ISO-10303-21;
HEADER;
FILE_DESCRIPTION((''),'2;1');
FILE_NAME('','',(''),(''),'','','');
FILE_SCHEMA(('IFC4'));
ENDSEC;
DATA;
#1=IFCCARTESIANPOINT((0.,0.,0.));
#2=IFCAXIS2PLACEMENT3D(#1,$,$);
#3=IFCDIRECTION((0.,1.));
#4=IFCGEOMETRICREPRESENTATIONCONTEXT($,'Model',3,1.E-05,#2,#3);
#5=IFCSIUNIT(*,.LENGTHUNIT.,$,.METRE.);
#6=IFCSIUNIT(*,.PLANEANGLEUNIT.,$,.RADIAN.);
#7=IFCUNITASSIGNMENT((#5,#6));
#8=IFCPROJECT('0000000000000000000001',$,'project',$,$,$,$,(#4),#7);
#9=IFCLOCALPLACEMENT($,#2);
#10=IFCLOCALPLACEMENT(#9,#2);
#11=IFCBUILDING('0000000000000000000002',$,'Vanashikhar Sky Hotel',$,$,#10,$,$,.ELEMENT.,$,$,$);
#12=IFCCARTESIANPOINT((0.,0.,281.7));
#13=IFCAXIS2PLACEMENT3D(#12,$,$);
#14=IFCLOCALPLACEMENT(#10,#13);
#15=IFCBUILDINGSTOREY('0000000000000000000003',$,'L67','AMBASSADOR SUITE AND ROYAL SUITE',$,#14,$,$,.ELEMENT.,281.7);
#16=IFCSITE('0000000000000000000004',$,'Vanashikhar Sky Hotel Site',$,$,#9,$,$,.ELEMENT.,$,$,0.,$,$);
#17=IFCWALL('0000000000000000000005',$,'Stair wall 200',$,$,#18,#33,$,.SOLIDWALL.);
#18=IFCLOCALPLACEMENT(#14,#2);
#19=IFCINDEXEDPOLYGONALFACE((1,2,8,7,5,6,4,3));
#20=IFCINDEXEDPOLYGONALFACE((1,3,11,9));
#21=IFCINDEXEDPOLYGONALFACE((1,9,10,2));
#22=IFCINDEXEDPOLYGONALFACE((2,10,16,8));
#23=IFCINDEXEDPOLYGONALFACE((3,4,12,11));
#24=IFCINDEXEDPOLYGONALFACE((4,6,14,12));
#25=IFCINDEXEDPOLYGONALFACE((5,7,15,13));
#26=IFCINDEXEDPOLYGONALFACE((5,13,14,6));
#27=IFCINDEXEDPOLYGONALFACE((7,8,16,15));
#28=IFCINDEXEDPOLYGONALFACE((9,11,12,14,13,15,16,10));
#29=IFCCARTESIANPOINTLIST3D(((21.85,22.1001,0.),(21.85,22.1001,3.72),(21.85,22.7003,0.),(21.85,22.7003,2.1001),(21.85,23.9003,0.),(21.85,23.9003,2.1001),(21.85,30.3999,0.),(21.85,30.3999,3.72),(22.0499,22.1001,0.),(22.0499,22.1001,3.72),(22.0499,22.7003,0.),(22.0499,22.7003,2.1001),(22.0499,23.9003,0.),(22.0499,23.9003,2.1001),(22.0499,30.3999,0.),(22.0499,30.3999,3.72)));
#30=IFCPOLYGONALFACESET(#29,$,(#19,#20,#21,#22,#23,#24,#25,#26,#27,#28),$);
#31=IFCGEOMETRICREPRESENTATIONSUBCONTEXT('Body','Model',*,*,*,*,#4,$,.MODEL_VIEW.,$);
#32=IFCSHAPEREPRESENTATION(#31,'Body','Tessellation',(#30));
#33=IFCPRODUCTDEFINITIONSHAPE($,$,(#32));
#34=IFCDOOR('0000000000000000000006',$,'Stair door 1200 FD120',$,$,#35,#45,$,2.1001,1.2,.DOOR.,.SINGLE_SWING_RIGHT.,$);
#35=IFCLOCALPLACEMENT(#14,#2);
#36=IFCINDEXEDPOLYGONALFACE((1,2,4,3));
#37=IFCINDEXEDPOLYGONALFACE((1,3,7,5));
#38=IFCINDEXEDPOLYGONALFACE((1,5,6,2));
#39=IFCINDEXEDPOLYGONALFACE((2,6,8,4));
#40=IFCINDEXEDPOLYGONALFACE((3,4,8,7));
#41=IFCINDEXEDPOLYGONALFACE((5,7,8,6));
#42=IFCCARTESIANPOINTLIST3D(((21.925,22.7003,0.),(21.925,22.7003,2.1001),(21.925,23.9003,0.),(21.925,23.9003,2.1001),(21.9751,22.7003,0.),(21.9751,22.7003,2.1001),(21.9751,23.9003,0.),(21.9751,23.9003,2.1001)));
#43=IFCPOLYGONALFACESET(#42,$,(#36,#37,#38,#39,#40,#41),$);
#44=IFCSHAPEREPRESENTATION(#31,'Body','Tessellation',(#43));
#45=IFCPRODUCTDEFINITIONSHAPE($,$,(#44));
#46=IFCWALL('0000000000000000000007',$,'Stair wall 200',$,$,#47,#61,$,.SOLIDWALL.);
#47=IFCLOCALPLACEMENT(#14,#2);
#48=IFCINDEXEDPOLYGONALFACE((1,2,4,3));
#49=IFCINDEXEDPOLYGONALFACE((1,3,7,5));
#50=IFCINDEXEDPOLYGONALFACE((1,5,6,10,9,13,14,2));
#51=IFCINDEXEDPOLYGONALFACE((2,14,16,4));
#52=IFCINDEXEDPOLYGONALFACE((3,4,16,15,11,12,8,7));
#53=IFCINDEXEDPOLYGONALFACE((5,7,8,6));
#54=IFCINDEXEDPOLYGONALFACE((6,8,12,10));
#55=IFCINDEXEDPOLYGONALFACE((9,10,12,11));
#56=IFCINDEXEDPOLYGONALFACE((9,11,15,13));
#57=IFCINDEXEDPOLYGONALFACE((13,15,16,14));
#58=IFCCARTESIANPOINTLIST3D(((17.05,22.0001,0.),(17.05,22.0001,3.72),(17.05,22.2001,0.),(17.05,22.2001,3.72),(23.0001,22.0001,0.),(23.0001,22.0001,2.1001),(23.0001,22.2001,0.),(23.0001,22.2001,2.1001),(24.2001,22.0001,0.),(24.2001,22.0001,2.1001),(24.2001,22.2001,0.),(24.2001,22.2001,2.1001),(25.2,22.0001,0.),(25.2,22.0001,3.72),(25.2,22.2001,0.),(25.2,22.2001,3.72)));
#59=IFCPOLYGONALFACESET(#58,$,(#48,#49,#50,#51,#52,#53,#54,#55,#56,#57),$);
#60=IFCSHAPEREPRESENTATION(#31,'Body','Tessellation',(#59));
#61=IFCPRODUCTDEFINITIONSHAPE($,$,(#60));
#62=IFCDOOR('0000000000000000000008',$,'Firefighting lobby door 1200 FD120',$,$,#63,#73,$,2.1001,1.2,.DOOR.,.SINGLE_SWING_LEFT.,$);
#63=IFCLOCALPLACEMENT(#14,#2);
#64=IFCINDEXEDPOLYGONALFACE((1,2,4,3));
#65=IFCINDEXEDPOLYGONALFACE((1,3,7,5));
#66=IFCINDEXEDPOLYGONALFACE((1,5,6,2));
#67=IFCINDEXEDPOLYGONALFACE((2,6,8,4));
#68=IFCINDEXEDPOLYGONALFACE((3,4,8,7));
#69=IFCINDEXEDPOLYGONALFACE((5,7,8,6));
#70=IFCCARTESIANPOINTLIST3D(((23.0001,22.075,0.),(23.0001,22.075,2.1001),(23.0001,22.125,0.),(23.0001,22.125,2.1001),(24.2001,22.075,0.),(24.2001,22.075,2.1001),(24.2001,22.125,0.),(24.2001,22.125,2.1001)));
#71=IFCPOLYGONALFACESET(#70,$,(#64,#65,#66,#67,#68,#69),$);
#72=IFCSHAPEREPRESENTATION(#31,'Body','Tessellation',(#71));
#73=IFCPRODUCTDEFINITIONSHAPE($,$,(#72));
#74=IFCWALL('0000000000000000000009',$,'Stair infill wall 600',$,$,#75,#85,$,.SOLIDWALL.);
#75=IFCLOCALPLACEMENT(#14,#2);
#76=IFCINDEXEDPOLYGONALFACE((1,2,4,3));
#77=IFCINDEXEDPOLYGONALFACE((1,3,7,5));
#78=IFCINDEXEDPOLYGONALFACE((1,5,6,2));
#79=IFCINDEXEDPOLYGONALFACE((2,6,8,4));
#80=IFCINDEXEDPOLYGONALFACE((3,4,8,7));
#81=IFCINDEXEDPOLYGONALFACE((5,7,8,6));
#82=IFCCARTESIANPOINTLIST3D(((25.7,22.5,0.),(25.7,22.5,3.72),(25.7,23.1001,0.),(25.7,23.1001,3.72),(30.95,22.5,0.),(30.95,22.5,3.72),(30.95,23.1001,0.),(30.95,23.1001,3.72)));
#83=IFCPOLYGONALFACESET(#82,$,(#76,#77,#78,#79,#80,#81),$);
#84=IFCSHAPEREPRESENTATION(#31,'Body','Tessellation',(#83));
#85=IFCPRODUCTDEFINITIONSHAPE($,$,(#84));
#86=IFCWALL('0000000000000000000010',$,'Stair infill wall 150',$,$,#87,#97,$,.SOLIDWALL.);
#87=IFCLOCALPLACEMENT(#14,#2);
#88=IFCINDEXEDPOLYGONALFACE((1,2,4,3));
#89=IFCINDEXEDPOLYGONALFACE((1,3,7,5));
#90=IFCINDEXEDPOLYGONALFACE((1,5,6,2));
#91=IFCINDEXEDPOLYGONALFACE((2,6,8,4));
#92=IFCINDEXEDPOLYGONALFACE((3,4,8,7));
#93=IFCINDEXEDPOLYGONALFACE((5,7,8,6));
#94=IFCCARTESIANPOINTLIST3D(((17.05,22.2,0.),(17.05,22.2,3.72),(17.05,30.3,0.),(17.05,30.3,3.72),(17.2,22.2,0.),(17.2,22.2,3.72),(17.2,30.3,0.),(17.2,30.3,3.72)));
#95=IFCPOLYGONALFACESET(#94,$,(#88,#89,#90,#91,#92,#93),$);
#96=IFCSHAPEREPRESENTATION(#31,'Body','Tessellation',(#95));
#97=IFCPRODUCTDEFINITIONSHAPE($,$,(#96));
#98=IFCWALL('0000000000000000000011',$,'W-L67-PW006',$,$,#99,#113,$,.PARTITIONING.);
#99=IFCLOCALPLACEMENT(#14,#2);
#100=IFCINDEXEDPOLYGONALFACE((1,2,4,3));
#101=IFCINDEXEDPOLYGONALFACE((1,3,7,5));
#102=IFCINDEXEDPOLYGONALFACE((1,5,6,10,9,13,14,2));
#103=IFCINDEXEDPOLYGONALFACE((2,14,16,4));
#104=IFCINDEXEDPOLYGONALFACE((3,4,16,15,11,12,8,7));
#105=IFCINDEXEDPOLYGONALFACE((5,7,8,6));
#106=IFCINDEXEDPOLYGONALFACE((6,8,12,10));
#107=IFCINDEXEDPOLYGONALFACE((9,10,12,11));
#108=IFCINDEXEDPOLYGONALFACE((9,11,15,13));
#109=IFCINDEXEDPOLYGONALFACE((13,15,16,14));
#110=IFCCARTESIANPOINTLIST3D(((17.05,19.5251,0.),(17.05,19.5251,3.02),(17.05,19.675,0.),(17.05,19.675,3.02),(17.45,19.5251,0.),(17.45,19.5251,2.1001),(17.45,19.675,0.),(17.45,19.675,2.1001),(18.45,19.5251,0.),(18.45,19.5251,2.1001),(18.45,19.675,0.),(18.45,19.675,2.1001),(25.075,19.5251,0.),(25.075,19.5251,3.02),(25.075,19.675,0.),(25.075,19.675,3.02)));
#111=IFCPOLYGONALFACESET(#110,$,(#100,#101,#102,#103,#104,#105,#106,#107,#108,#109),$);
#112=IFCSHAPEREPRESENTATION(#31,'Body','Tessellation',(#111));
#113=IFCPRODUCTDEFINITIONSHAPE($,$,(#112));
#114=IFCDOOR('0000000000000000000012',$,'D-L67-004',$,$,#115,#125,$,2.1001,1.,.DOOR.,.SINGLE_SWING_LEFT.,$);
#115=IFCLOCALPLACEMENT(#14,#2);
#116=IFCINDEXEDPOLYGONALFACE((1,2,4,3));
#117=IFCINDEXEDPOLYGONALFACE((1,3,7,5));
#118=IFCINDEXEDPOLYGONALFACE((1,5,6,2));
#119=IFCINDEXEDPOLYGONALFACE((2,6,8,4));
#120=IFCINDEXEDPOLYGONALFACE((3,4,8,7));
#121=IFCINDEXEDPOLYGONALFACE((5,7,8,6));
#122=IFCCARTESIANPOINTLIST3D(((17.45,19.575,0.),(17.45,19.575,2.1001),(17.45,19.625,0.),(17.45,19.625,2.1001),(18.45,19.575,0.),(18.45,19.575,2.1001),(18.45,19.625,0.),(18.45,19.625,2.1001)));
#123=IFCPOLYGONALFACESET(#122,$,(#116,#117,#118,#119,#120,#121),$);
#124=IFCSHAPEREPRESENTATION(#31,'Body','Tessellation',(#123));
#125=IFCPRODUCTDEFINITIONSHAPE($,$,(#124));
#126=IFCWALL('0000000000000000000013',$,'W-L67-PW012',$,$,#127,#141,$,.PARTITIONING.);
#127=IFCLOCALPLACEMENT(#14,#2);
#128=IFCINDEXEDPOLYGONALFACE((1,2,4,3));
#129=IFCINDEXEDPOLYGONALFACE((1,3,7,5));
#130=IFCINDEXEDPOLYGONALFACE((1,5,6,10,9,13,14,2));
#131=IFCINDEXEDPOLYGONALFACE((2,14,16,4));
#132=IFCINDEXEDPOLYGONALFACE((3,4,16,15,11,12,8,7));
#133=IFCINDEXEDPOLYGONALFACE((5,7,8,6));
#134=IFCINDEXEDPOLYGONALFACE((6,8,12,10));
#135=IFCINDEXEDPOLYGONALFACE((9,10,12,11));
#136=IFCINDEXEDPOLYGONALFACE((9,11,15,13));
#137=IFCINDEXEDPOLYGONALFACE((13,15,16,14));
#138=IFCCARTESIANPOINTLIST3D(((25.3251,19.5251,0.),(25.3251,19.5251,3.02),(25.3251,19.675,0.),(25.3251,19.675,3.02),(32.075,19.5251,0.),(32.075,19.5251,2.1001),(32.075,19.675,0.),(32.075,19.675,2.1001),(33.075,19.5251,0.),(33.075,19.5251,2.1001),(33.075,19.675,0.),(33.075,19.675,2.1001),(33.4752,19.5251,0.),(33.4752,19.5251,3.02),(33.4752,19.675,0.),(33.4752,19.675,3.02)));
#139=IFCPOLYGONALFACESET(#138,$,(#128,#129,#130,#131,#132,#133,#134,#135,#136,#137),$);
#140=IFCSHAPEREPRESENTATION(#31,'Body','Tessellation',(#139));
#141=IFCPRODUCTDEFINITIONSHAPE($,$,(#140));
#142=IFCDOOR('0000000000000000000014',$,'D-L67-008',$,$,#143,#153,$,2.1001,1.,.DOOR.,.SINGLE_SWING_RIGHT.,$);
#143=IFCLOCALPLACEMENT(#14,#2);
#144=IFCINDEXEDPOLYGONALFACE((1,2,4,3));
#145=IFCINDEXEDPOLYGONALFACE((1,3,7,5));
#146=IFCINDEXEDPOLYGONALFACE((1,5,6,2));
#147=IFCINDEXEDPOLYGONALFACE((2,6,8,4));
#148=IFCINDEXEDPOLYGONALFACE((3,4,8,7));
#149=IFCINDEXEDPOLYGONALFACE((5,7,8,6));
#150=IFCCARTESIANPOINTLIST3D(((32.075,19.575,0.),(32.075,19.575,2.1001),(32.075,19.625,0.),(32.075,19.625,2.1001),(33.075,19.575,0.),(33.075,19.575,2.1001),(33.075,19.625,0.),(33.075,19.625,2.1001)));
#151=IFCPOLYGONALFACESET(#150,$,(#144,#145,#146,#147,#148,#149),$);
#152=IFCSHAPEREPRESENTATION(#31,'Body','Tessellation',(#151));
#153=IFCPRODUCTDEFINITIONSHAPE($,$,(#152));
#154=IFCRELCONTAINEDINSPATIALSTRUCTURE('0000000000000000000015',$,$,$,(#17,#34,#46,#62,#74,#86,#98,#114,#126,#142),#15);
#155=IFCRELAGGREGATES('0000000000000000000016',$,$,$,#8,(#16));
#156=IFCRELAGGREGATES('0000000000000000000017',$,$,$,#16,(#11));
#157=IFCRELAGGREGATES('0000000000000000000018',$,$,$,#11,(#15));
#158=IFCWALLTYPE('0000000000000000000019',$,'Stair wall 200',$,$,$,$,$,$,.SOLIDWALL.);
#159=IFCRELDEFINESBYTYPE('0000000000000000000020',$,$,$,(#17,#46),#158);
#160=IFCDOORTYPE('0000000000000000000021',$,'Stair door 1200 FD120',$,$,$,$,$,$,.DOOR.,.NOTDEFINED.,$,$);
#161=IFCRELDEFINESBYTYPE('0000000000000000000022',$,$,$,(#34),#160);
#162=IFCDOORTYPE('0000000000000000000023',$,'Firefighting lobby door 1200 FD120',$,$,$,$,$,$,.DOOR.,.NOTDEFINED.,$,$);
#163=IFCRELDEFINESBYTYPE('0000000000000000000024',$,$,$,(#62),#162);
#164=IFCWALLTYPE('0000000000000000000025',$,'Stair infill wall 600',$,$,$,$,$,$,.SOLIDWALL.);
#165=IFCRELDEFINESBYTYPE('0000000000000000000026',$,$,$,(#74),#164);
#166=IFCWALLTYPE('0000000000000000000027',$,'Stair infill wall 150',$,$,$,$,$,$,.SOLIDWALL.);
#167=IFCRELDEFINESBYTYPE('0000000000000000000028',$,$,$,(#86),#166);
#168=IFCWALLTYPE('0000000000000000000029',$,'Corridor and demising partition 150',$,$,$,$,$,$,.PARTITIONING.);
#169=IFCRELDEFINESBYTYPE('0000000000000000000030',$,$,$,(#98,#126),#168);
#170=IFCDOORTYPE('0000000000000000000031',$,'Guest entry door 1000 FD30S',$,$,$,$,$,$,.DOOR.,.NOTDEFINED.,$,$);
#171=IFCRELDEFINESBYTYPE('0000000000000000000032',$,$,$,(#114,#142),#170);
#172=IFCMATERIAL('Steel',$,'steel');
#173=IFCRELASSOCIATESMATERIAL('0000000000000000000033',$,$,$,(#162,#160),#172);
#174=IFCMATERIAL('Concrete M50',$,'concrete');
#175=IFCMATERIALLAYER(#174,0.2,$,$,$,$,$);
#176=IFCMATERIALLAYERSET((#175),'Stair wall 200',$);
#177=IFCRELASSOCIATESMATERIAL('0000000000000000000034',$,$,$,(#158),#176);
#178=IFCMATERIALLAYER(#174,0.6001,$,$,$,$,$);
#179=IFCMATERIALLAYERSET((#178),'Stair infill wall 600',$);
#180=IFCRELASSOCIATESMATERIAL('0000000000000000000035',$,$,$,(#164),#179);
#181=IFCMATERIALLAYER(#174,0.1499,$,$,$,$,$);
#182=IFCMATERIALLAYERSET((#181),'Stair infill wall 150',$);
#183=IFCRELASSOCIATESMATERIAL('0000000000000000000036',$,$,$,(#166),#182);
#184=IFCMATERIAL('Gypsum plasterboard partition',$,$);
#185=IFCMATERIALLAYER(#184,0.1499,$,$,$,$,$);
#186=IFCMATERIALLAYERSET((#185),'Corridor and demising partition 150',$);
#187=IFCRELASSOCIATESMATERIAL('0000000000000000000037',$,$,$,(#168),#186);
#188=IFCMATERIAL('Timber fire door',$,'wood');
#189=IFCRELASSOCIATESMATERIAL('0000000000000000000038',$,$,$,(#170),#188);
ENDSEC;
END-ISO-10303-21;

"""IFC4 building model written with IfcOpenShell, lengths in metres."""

from ifc_helpers import new_model, si_unit, direction, frame, frame_2d, origin, place, context, subcontext, project, spatial, rectangle, extrude, source, transform, mapped, material, layer, layer_set, type_object, element, fill, save


model = new_model("IFC4")

# Units and contexts
model_context = context("Model", 3, precision=1e-05, world=origin(), true_north=direction((0.0, 1.0)))
body_context = subcontext(model_context, "Body", "Model", "MODEL_VIEW")
ifc_project = project(units=[si_unit("LENGTHUNIT", "METRE"), si_unit("PLANEANGLEUNIT", "RADIAN")], contexts=[model_context])

# Site, building, storey
site_placement = place(None, origin())
site = spatial("IfcSite", under=ifc_project, at=site_placement, Name="Vanashikhar Sky Hotel Site", CompositionType="ELEMENT", RefElevation=0.0)
building_placement = place(site_placement, origin())
building = spatial("IfcBuilding", under=site, at=building_placement, Name="Vanashikhar Sky Hotel", CompositionType="ELEMENT")
storey_placement = place(building_placement, frame((0.0, 0.0, 281.7)))
storey = spatial("IfcBuildingStorey", under=building, at=storey_placement, Name="L67", Description="AMBASSADOR SUITE AND ROYAL SUITE", CompositionType="ELEMENT", Elevation=281.7)

# Shared definitions
ifc_material_1 = material(Name="Concrete M50", Category="concrete")

# Shared definitions
ifc_material_2 = material(Name="Steel", Category="steel")
door_type_1 = type_object("IfcDoorType", Name="Firefighting lobby door 1200 FD120", OperationType="NOTDEFINED", PredefinedType="DOOR", material=ifc_material_2)

# Walls, openings, doors
ifc_layer_1 = layer(ifc_material_1, 0.2)
ifc_layer_set_1 = layer_set([ifc_layer_1], Name="Stair wall 200")
wall_type_1 = type_object("IfcWallType", Name="Stair wall 200", PredefinedType="SOLIDWALL", material=ifc_layer_set_1)
shared_shape_1 = source(origin(), body_context, "Body", "SweptSolid", [
    extrude(rectangle(XDim=8.2998, YDim=0.2, at=frame_2d((4.1499, 0.0))), origin(), (0.0, 0.0, 1.0), 3.72),
])
wall_1_placement = place(storey_placement, frame((21.95, 22.1001, 0.0), z_axis=(0.0, 0.0, 1.0), x_axis=(0.0, 1.0, 0.0)))
wall_1 = element("IfcWall", 1, at=wall_1_placement, inside=storey, type_object=wall_type_1, Name="Stair wall 200", PredefinedType="SOLIDWALL", context=body_context, shape_type="MappedRepresentation", body=[
    mapped(shared_shape_1, transform((0.0, 0.0, 0.0), scale=1.0)),
])
shared_shape_2 = source(origin(), body_context, "Body", "SweptSolid", [
    extrude(rectangle(XDim=1.2, YDim=2.1001, at=frame_2d((0.6001, 1.05))), frame((0.0, 0.1099, 0.0), z_axis=(0.0, -1.0, 0.0), x_axis=(1.0, 0.0, 0.0)), (0.0, 0.0, 1.0), 0.22),
])
opening_1_placement = place(wall_1_placement, frame((0.6001, 0.0, 0.0)))
opening_1 = element("IfcOpeningElement", 2, at=opening_1_placement, cuts=wall_1, PredefinedType="OPENING", context=body_context, shape_type="MappedRepresentation", body=[
    mapped(shared_shape_2, transform((0.0, 0.0, 0.0), scale=1.0)),
])
door_type_2 = type_object("IfcDoorType", Name="Stair door 1200 FD120", OperationType="NOTDEFINED", PredefinedType="DOOR", material=ifc_material_2)
shared_shape_3 = source(origin(), body_context, "Body", "SweptSolid", [
    extrude(rectangle(XDim=1.2, YDim=2.1001, at=frame_2d((0.6001, 1.05))), frame((0.0, 0.0249, 0.0), z_axis=(0.0, -1.0, 0.0), x_axis=(1.0, 0.0, 0.0)), (0.0, 0.0, 1.0), 0.05),
])
door_1_placement = place(opening_1_placement, origin())
door_1 = element("IfcDoor", 3, at=door_1_placement, inside=storey, type_object=door_type_2, Name="Stair door 1200 FD120", OperationType="SINGLE_SWING_RIGHT", OverallHeight=2.1001, OverallWidth=1.2, PredefinedType="DOOR", context=body_context, shape_type="MappedRepresentation", body=[
    mapped(shared_shape_3, transform((0.0, 0.0, 0.0), scale=1.0)),
])
fill(opening_1, door_1)
shared_shape_4 = source(origin(), body_context, "Body", "SweptSolid", [
    extrude(rectangle(XDim=8.1499, YDim=0.2, at=frame_2d((4.075, 0.0))), origin(), (0.0, 0.0, 1.0), 3.72),
])
wall_2_placement = place(storey_placement, frame((17.05, 22.1001, 0.0), z_axis=(0.0, 0.0, 1.0), x_axis=(1.0, 0.0, 0.0)))
wall_2 = element("IfcWall", 4, at=wall_2_placement, inside=storey, type_object=wall_type_1, Name="Stair wall 200", PredefinedType="SOLIDWALL", context=body_context, shape_type="MappedRepresentation", body=[
    mapped(shared_shape_4, transform((0.0, 0.0, 0.0), scale=1.0)),
])
opening_2_placement = place(wall_2_placement, frame((5.95, 0.0, 0.0)))
opening_2 = element("IfcOpeningElement", 5, at=opening_2_placement, cuts=wall_2, PredefinedType="OPENING", context=body_context, shape_type="MappedRepresentation", body=[
    mapped(shared_shape_2, transform((0.0, 0.0, 0.0), scale=1.0)),
])
door_2_placement = place(opening_2_placement, origin())
door_2 = element("IfcDoor", 6, at=door_2_placement, inside=storey, type_object=door_type_1, Name="Firefighting lobby door 1200 FD120", OperationType="SINGLE_SWING_LEFT", OverallHeight=2.1001, OverallWidth=1.2, PredefinedType="DOOR", context=body_context, shape_type="MappedRepresentation", body=[
    mapped(shared_shape_3, transform((0.0, 0.0, 0.0), scale=1.0)),
])
fill(opening_2, door_2)

# Walls
ifc_layer_2 = layer(ifc_material_1, 0.6001)
ifc_layer_set_2 = layer_set([ifc_layer_2], Name="Stair infill wall 600")
wall_type_2 = type_object("IfcWallType", Name="Stair infill wall 600", PredefinedType="SOLIDWALL", material=ifc_layer_set_2)
shared_shape_5 = source(origin(), body_context, "Body", "SweptSolid", [
    extrude(rectangle(XDim=5.25, YDim=0.6001, at=frame_2d((2.625, 0.0))), origin(), (0.0, 0.0, 1.0), 3.72),
])
wall_3_placement = place(storey_placement, frame((25.7, 22.8, 0.0), z_axis=(0.0, 0.0, 1.0), x_axis=(1.0, 0.0, 0.0)))
element("IfcWall", 7, at=wall_3_placement, inside=storey, type_object=wall_type_2, Name="Stair infill wall 600", PredefinedType="SOLIDWALL", context=body_context, shape_type="MappedRepresentation", body=[
    mapped(shared_shape_5, transform((0.0, 0.0, 0.0), scale=1.0)),
])
ifc_layer_3 = layer(ifc_material_1, 0.1499)
ifc_layer_set_3 = layer_set([ifc_layer_3], Name="Stair infill wall 150")
wall_type_3 = type_object("IfcWallType", Name="Stair infill wall 150", PredefinedType="SOLIDWALL", material=ifc_layer_set_3)
shared_shape_6 = source(origin(), body_context, "Body", "SweptSolid", [
    extrude(rectangle(XDim=8.1001, YDim=0.1499, at=frame_2d((4.05, 0.0))), origin(), (0.0, 0.0, 1.0), 3.72),
])
wall_4_placement = place(storey_placement, frame((17.125, 22.2, 0.0), z_axis=(0.0, 0.0, 1.0), x_axis=(0.0, 1.0, 0.0)))
element("IfcWall", 8, at=wall_4_placement, inside=storey, type_object=wall_type_3, Name="Stair infill wall 150", PredefinedType="SOLIDWALL", context=body_context, shape_type="MappedRepresentation", body=[
    mapped(shared_shape_6, transform((0.0, 0.0, 0.0), scale=1.0)),
])

# Walls, openings, doors
ifc_material_3 = material(Name="Gypsum plasterboard partition")
ifc_layer_4 = layer(ifc_material_3, 0.1499)
ifc_layer_set_4 = layer_set([ifc_layer_4], Name="Corridor and demising partition 150")
wall_type_4 = type_object("IfcWallType", Name="Corridor and demising partition 150", PredefinedType="PARTITIONING", material=ifc_layer_set_4)
shared_shape_7 = source(origin(), body_context, "Body", "SweptSolid", [
    extrude(rectangle(XDim=8.0249, YDim=0.1499, at=frame_2d((4.0125, 0.0))), origin(), (0.0, 0.0, 1.0), 3.02),
])
wall_5_placement = place(storey_placement, frame((17.05, 19.6001, 0.0), z_axis=(0.0, 0.0, 1.0), x_axis=(1.0, 0.0, 0.0)))
wall_5 = element("IfcWall", 9, at=wall_5_placement, inside=storey, type_object=wall_type_4, Name="W-L67-PW006", PredefinedType="PARTITIONING", context=body_context, shape_type="MappedRepresentation", body=[
    mapped(shared_shape_7, transform((0.0, 0.0, 0.0), scale=1.0)),
])
shared_shape_8 = source(origin(), body_context, "Body", "SweptSolid", [
    extrude(rectangle(XDim=1.0, YDim=2.1001, at=frame_2d((0.5, 1.05))), frame((0.0, 0.085, 0.0), z_axis=(0.0, -1.0, 0.0), x_axis=(1.0, 0.0, 0.0)), (0.0, 0.0, 1.0), 0.1699),
])
opening_3_placement = place(wall_5_placement, frame((0.3999, 0.0, 0.0)))
opening_3 = element("IfcOpeningElement", 10, at=opening_3_placement, cuts=wall_5, PredefinedType="OPENING", context=body_context, shape_type="MappedRepresentation", body=[
    mapped(shared_shape_8, transform((0.0, 0.0, 0.0), scale=1.0)),
])
ifc_material_4 = material(Name="Timber fire door", Category="wood")
door_type_3 = type_object("IfcDoorType", Name="Guest entry door 1000 FD30S", OperationType="NOTDEFINED", PredefinedType="DOOR", material=ifc_material_4)
shared_shape_9 = source(origin(), body_context, "Body", "SweptSolid", [
    extrude(rectangle(XDim=1.0, YDim=2.1001, at=frame_2d((0.5, 1.05))), frame((0.0, 0.0249, 0.0), z_axis=(0.0, -1.0, 0.0), x_axis=(1.0, 0.0, 0.0)), (0.0, 0.0, 1.0), 0.05),
])
door_3_placement = place(opening_3_placement, origin())
door_3 = element("IfcDoor", 11, at=door_3_placement, inside=storey, type_object=door_type_3, Name="D-L67-004", OperationType="SINGLE_SWING_LEFT", OverallHeight=2.1001, OverallWidth=1.0, PredefinedType="DOOR", context=body_context, shape_type="MappedRepresentation", body=[
    mapped(shared_shape_9, transform((0.0, 0.0, 0.0), scale=1.0)),
])
fill(opening_3, door_3)
shared_shape_10 = source(origin(), body_context, "Body", "SweptSolid", [
    extrude(rectangle(XDim=8.1501, YDim=0.1499, at=frame_2d((4.0752, 0.0))), origin(), (0.0, 0.0, 1.0), 3.02),
])
wall_6_placement = place(storey_placement, frame((25.325, 19.6001, 0.0), z_axis=(0.0, 0.0, 1.0), x_axis=(1.0, 0.0, 0.0)))
wall_6 = element("IfcWall", 12, at=wall_6_placement, inside=storey, type_object=wall_type_4, Name="W-L67-PW012", PredefinedType="PARTITIONING", context=body_context, shape_type="MappedRepresentation", body=[
    mapped(shared_shape_10, transform((0.0, 0.0, 0.0), scale=1.0)),
])
opening_4_placement = place(wall_6_placement, frame((6.75, 0.0, 0.0)))
opening_4 = element("IfcOpeningElement", 13, at=opening_4_placement, cuts=wall_6, PredefinedType="OPENING", context=body_context, shape_type="MappedRepresentation", body=[
    mapped(shared_shape_8, transform((0.0, 0.0, 0.0), scale=1.0)),
])
door_4_placement = place(opening_4_placement, origin())
door_4 = element("IfcDoor", 14, at=door_4_placement, inside=storey, type_object=door_type_3, Name="D-L67-008", OperationType="SINGLE_SWING_RIGHT", OverallHeight=2.1001, OverallWidth=1.0, PredefinedType="DOOR", context=body_context, shape_type="MappedRepresentation", body=[
    mapped(shared_shape_9, transform((0.0, 0.0, 0.0), scale=1.0)),
])
fill(opening_4, door_4)

save(model, "model.ifc")
